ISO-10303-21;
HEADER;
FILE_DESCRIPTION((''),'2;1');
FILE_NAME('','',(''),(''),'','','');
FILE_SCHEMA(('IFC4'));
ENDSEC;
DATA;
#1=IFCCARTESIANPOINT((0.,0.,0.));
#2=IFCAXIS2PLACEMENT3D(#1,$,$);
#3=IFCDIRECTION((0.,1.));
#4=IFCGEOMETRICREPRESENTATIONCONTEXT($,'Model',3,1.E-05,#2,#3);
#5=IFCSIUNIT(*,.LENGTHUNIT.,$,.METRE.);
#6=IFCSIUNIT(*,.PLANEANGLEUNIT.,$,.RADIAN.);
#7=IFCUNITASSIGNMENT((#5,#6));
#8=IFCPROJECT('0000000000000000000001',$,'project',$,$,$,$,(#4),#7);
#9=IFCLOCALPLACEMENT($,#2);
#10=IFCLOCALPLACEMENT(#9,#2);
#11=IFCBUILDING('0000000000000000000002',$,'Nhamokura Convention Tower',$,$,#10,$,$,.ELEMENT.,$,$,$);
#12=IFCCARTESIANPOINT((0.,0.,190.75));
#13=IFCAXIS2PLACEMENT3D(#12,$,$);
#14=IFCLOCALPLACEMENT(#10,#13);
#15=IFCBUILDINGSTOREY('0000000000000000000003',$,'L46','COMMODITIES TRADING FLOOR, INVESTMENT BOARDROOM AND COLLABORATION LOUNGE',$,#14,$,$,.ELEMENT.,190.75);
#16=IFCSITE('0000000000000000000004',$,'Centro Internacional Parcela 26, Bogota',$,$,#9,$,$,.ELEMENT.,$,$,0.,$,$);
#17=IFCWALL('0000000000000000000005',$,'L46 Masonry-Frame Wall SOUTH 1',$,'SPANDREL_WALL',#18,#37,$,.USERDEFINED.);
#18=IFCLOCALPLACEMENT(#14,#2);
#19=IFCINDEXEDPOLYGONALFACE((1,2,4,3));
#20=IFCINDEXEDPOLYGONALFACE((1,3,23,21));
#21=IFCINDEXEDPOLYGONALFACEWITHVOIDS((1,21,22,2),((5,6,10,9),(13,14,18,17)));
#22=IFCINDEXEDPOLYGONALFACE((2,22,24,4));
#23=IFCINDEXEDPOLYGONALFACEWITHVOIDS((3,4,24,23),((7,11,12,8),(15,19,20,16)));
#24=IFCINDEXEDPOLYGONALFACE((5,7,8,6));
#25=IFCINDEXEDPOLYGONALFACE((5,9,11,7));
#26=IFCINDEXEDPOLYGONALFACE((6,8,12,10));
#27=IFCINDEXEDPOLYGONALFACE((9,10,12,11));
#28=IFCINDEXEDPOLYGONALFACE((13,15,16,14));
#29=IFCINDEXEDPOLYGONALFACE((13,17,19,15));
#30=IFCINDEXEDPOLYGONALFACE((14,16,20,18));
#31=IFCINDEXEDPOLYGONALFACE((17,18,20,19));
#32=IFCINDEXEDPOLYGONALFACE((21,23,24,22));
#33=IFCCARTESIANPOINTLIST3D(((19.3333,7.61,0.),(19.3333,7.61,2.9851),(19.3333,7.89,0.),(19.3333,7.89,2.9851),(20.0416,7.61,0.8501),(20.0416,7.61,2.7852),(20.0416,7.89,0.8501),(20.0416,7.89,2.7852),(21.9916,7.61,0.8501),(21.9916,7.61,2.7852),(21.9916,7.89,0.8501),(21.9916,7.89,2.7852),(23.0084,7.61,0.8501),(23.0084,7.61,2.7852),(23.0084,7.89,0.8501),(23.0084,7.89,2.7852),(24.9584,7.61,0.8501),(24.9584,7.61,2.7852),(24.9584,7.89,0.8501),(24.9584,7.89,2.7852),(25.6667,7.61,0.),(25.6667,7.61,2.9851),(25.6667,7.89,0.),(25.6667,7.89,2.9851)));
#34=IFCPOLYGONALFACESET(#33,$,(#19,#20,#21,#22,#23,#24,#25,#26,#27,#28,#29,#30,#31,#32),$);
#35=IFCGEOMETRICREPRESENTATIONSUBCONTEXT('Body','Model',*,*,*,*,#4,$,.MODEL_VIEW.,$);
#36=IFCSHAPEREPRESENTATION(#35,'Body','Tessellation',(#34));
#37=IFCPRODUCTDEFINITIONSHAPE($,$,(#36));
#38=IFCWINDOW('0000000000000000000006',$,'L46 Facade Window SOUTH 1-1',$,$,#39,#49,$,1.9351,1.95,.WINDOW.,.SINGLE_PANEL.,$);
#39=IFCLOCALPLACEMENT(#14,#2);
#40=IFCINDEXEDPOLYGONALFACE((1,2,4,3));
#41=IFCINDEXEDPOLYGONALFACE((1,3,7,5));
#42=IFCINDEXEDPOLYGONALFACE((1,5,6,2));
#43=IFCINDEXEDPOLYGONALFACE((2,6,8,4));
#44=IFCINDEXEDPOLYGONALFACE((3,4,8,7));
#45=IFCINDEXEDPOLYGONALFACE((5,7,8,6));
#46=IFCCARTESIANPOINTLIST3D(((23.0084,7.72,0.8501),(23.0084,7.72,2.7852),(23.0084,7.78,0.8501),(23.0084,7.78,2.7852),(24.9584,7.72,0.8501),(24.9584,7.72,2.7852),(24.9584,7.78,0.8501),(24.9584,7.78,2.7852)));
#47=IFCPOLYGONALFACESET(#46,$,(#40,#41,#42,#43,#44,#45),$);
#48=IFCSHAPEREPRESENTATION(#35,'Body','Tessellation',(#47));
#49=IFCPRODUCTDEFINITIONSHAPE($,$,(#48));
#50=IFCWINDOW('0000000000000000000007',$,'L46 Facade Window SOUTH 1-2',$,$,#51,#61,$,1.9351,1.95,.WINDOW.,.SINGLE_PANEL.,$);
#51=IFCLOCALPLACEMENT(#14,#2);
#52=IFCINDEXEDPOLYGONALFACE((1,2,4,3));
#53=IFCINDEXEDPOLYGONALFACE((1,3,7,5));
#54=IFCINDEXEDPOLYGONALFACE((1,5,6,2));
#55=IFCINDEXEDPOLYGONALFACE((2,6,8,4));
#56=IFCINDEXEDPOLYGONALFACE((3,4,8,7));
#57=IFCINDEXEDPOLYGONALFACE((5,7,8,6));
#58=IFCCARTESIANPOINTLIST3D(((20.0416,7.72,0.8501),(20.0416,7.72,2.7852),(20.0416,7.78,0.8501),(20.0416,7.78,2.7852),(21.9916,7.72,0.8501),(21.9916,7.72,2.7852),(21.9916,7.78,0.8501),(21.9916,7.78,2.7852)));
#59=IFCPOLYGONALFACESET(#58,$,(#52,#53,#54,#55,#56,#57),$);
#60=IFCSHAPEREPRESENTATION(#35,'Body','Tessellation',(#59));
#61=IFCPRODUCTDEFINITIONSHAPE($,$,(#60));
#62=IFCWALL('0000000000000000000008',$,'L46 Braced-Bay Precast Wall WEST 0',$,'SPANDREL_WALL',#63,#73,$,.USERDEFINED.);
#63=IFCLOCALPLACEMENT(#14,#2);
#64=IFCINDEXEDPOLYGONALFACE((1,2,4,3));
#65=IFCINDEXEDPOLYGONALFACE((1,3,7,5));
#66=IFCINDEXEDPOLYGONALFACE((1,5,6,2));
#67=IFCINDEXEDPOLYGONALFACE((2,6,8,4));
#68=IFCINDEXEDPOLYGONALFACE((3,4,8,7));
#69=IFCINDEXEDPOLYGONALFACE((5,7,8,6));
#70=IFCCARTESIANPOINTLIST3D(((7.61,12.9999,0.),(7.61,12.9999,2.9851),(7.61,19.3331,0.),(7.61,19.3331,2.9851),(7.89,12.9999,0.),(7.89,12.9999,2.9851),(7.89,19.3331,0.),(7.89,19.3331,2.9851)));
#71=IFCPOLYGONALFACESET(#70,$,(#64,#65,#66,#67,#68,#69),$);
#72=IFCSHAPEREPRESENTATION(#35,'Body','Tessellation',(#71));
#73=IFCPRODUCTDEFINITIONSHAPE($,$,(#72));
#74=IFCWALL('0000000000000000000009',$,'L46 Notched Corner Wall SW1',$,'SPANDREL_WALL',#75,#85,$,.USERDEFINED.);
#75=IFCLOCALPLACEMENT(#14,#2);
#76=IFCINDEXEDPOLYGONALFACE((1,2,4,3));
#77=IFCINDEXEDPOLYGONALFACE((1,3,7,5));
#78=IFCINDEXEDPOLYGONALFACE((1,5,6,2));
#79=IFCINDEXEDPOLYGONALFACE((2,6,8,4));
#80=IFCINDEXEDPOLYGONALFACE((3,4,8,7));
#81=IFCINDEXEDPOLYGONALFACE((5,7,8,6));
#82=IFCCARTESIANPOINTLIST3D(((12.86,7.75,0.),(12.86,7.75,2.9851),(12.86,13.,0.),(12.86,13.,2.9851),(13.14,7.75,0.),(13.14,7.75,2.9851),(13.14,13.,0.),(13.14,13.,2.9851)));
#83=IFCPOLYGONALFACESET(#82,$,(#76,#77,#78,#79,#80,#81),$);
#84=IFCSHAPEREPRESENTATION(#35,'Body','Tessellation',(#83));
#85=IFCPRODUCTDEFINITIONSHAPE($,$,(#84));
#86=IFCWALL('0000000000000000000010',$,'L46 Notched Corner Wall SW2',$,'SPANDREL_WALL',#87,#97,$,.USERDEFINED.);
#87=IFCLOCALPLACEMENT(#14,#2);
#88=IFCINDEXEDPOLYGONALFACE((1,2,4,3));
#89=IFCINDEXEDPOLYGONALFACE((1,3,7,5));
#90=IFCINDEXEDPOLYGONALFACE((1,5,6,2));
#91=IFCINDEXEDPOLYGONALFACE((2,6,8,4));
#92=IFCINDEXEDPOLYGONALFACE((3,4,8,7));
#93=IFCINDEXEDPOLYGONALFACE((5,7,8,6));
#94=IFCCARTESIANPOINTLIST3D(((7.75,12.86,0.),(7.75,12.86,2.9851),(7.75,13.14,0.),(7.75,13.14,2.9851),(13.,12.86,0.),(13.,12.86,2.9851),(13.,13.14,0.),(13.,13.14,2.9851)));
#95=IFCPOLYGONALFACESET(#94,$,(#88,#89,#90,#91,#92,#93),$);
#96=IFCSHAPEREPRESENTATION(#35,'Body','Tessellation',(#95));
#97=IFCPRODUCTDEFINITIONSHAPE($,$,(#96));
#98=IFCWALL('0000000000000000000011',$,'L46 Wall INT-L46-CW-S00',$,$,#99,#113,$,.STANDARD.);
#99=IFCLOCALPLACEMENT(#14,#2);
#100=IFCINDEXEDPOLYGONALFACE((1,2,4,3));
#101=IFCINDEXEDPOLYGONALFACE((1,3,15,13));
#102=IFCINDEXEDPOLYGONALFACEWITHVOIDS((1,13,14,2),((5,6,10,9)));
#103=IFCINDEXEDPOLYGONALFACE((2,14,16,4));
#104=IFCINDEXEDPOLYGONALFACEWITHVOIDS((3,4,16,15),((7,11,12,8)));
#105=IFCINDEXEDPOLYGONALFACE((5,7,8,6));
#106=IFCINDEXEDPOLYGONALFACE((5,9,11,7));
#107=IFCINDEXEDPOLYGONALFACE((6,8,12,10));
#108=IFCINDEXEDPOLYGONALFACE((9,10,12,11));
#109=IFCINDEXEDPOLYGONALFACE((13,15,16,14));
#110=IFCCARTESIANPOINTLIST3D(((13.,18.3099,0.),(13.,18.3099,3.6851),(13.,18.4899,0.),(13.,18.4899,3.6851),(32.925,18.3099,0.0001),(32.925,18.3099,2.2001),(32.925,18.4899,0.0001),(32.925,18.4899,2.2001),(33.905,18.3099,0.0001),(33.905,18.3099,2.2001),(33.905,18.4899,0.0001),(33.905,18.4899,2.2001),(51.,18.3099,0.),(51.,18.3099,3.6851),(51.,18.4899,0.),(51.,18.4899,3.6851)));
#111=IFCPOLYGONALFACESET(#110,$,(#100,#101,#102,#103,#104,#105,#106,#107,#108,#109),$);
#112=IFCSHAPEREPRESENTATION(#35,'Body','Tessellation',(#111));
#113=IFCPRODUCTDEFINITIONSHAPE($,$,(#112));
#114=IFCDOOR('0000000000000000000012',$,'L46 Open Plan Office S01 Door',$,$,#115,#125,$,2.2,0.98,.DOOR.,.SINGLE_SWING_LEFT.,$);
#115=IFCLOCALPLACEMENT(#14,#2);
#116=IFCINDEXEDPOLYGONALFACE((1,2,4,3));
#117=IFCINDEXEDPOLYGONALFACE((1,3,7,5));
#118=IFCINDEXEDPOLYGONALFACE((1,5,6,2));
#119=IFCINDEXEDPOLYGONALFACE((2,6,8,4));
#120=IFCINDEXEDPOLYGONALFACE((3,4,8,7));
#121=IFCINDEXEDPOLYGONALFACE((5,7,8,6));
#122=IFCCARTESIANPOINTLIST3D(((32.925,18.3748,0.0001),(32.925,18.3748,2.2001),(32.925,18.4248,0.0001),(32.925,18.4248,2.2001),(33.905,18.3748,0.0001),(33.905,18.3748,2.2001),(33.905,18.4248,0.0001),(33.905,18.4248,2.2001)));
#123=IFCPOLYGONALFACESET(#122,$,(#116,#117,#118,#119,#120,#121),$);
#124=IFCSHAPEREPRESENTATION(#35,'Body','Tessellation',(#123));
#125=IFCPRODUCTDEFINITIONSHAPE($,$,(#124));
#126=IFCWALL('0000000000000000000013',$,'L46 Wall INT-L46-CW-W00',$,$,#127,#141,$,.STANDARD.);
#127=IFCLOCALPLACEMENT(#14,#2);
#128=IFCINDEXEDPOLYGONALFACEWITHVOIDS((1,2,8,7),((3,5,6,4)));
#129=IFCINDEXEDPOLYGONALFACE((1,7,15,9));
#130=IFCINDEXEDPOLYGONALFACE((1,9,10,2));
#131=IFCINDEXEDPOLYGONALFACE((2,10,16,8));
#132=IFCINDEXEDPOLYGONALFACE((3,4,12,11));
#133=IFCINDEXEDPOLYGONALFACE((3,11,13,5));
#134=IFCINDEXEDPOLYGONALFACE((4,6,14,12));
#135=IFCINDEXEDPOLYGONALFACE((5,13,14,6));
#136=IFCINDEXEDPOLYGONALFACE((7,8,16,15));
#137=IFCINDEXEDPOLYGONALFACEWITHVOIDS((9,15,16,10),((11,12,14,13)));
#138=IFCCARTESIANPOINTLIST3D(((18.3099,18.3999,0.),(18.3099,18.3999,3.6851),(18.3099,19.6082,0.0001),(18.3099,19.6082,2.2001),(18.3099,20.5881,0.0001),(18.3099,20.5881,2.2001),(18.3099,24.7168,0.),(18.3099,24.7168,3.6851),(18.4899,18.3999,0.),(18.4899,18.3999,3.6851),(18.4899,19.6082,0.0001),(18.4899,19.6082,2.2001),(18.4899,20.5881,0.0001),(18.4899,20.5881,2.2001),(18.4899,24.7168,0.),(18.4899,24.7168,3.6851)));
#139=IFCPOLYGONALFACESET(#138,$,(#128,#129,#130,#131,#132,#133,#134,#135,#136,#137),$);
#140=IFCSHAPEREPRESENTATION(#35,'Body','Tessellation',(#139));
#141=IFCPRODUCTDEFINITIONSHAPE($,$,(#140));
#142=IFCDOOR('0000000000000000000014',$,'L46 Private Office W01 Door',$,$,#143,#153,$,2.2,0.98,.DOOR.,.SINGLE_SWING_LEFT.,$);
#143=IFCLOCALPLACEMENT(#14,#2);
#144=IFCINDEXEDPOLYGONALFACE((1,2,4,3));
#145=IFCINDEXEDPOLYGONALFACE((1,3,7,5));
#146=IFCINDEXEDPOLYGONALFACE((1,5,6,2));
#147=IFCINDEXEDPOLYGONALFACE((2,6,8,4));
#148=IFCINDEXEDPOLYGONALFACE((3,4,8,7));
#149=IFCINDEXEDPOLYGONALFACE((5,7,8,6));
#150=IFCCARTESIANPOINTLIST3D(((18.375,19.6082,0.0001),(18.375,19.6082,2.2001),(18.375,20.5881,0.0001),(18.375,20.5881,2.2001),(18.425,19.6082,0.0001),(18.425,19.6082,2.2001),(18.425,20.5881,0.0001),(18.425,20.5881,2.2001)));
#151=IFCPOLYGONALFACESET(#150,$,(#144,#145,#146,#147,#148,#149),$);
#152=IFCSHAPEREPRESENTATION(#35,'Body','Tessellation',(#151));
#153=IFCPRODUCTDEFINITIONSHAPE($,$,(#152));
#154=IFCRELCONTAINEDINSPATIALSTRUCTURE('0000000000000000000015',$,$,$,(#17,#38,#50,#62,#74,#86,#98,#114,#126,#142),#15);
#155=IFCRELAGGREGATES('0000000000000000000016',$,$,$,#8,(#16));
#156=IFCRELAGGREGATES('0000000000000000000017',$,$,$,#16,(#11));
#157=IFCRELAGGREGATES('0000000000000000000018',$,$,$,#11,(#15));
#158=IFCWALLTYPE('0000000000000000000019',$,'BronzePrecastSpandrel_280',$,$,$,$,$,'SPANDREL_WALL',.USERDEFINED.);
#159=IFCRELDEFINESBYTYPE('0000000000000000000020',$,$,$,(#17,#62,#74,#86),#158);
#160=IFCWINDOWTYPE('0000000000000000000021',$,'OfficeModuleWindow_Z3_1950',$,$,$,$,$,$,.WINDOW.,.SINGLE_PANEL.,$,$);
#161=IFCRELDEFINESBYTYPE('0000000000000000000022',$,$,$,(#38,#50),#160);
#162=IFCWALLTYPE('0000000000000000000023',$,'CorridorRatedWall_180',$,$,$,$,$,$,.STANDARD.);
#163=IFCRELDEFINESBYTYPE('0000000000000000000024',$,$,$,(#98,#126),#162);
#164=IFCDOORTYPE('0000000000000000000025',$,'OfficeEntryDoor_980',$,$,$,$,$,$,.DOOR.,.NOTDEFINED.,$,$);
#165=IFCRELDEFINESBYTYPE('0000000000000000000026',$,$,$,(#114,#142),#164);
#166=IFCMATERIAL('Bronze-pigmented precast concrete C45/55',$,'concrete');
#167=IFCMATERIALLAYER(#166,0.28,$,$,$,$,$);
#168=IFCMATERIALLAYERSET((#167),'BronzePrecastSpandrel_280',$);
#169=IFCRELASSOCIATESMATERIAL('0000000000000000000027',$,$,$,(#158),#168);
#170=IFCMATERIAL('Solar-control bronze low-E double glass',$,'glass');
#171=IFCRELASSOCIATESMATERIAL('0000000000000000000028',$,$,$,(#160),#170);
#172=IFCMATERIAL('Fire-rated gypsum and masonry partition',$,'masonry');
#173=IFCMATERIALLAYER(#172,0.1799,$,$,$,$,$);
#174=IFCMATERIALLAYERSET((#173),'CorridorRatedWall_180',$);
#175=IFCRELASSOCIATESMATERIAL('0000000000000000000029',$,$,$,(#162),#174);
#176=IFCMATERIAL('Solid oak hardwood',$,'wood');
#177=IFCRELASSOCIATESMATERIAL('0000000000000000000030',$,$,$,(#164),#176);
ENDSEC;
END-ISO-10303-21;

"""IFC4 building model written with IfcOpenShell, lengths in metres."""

from ifc_helpers import new_model, si_unit, direction, frame, frame_2d, origin, place, context, subcontext, project, spatial, rectangle, extrude, material, layer, layer_set, type_object, element, fill, save


model = new_model("IFC4")

# Units and contexts
model_context = context("Model", 3, precision=1e-05, world=origin(), true_north=direction((0.0, 1.0)))
body_context = subcontext(model_context, "Body", "Model", "MODEL_VIEW")
ifc_project = project(units=[si_unit("LENGTHUNIT", "METRE"), si_unit("PLANEANGLEUNIT", "RADIAN")], contexts=[model_context])

# Site, building, storey
site_placement = place(None, origin())
site = spatial("IfcSite", under=ifc_project, at=site_placement, Name="Centro Internacional Parcela 26, Bogota", CompositionType="ELEMENT", RefElevation=0.0)
building_placement = place(site_placement, origin())
building = spatial("IfcBuilding", under=site, at=building_placement, Name="Nhamokura Convention Tower", CompositionType="ELEMENT")
storey_placement = place(building_placement, frame((0.0, 0.0, 190.75)))
storey = spatial("IfcBuildingStorey", under=building, at=storey_placement, Name="L46", Description="COMMODITIES TRADING FLOOR, INVESTMENT BOARDROOM AND COLLABORATION LOUNGE", CompositionType="ELEMENT", Elevation=190.75)

# Shared definitions
ifc_material_1 = material(Name="Bronze-pigmented precast concrete C45/55", Category="concrete")
ifc_layer_1 = layer(ifc_material_1, 0.28)
ifc_layer_set_1 = layer_set([ifc_layer_1], Name="BronzePrecastSpandrel_280")
wall_type_1 = type_object("IfcWallType", Name="BronzePrecastSpandrel_280", ElementType="SPANDREL_WALL", PredefinedType="USERDEFINED", material=ifc_layer_set_1)

# Wall, openings, windows
wall_1_placement = place(storey_placement, frame((25.6667, 7.75, 0.0), z_axis=(0.0, 0.0, 1.0), x_axis=(-1.0, 0.0, 0.0)))
wall_1 = element("IfcWall", 1, at=wall_1_placement, inside=storey, type_object=wall_type_1, Name="L46 Masonry-Frame Wall SOUTH 1", ObjectType="SPANDREL_WALL", PredefinedType="USERDEFINED", context=body_context, shape_type="SweptSolid", body=[
    extrude(rectangle(XDim=6.3335, YDim=0.28, at=frame_2d((3.1667, 0.0))), origin(), (0.0, 0.0, 1.0), 2.9851),
])
opening_1_placement = place(wall_1_placement, frame((0.7083, 0.0, 0.8501)))
opening_1 = element("IfcOpeningElement", 2, at=opening_1_placement, cuts=wall_1, PredefinedType="OPENING", context=body_context, shape_type="SweptSolid", body=[
    extrude(rectangle(XDim=1.95, YDim=1.9351, at=frame_2d((0.9751, 0.9675))), frame((0.0, 0.1499, 0.0), z_axis=(0.0, -1.0, 0.0), x_axis=(1.0, 0.0, 0.0)), (0.0, 0.0, 1.0), 0.3),
])
opening_2_placement = place(wall_1_placement, frame((3.675, 0.0, 0.8501)))
opening_2 = element("IfcOpeningElement", 3, at=opening_2_placement, cuts=wall_1, PredefinedType="OPENING", context=body_context, shape_type="SweptSolid", body=[
    extrude(rectangle(XDim=1.95, YDim=1.9351, at=frame_2d((0.9751, 0.9675))), frame((0.0, 0.1499, 0.0), z_axis=(0.0, -1.0, 0.0), x_axis=(1.0, 0.0, 0.0)), (0.0, 0.0, 1.0), 0.3),
])
ifc_material_2 = material(Name="Solar-control bronze low-E double glass", Category="glass")
window_type = type_object("IfcWindowType", Name="OfficeModuleWindow_Z3_1950", PartitioningType="SINGLE_PANEL", PredefinedType="WINDOW", material=ifc_material_2)
window_1_placement = place(opening_1_placement, origin())
window_1 = element("IfcWindow", 4, at=window_1_placement, inside=storey, type_object=window_type, Name="L46 Facade Window SOUTH 1-1", OverallHeight=1.9351, OverallWidth=1.95, PartitioningType="SINGLE_PANEL", PredefinedType="WINDOW", context=body_context, shape_type="SweptSolid", body=[
    extrude(rectangle(XDim=1.95, YDim=1.9351, at=frame_2d((0.9751, 0.9675))), frame((0.0, 0.03, 0.0), z_axis=(0.0, -1.0, 0.0), x_axis=(1.0, 0.0, 0.0)), (0.0, 0.0, 1.0), 0.0601),
])
fill(opening_1, window_1)
window_2_placement = place(opening_2_placement, origin())
window_2 = element("IfcWindow", 5, at=window_2_placement, inside=storey, type_object=window_type, Name="L46 Facade Window SOUTH 1-2", OverallHeight=1.9351, OverallWidth=1.95, PartitioningType="SINGLE_PANEL", PredefinedType="WINDOW", context=body_context, shape_type="SweptSolid", body=[
    extrude(rectangle(XDim=1.95, YDim=1.9351, at=frame_2d((0.9751, 0.9675))), frame((0.0, 0.03, 0.0), z_axis=(0.0, -1.0, 0.0), x_axis=(1.0, 0.0, 0.0)), (0.0, 0.0, 1.0), 0.0601),
])
fill(opening_2, window_2)

# Walls
wall_2_placement = place(storey_placement, frame((7.75, 13.0, 0.0), z_axis=(0.0, 0.0, 1.0), x_axis=(0.0, 1.0, 0.0)))
element("IfcWall", 6, at=wall_2_placement, inside=storey, type_object=wall_type_1, Name="L46 Braced-Bay Precast Wall WEST 0", ObjectType="SPANDREL_WALL", PredefinedType="USERDEFINED", context=body_context, shape_type="SweptSolid", body=[
    extrude(rectangle(XDim=6.3333, YDim=0.28, at=frame_2d((3.1665, 0.0))), origin(), (0.0, 0.0, 1.0), 2.9851),
])
for number, where, z_axis, x_axis, name in (
    (7, (13.0, 7.75, 0.0), (0.0, 0.0, 1.0), (0.0, 1.0, 0.0), "L46 Notched Corner Wall SW1"),
    (8, (13.0, 13.0, 0.0), (0.0, 0.0, 1.0), (-1.0, 0.0, 0.0), "L46 Notched Corner Wall SW2"),
):
    element("IfcWall", number, at=place(storey_placement, frame(where, z_axis=z_axis, x_axis=x_axis)), inside=storey, type_object=wall_type_1, Name=name, ObjectType="SPANDREL_WALL", PredefinedType="USERDEFINED", context=body_context, shape_type="SweptSolid", body=[
        extrude(rectangle(XDim=5.25, YDim=0.28, at=frame_2d((2.625, 0.0))), origin(), (0.0, 0.0, 1.0), 2.9851),
    ])

# Walls, openings, doors
ifc_material_3 = material(Name="Fire-rated gypsum and masonry partition", Category="masonry")
ifc_layer_2 = layer(ifc_material_3, 0.1799)
ifc_layer_set_2 = layer_set([ifc_layer_2], Name="CorridorRatedWall_180")
wall_type_2 = type_object("IfcWallType", Name="CorridorRatedWall_180", PredefinedType="STANDARD", material=ifc_layer_set_2)
wall_3_placement = place(storey_placement, frame((13.0, 18.3999, 0.0), z_axis=(0.0, 0.0, 1.0), x_axis=(1.0, 0.0, 0.0)))
wall_3 = element("IfcWall", 9, at=wall_3_placement, inside=storey, type_object=wall_type_2, Name="L46 Wall INT-L46-CW-S00", PredefinedType="STANDARD", context=body_context, shape_type="SweptSolid", body=[
    extrude(rectangle(XDim=38.0, YDim=0.1799, at=frame_2d((19.0, 0.0))), origin(), (0.0, 0.0, 1.0), 3.6851),
])
opening_3_placement = place(wall_3_placement, frame((19.925, 0.0, 0.0)))
opening_3 = element("IfcOpeningElement", 10, at=opening_3_placement, cuts=wall_3, PredefinedType="OPENING", context=body_context, shape_type="SweptSolid", body=[
    extrude(rectangle(XDim=0.98, YDim=2.2, at=frame_2d((0.49, 1.1001))), frame((0.0, 0.0999, 0.0), z_axis=(0.0, -1.0, 0.0), x_axis=(1.0, 0.0, 0.0)), (0.0, 0.0, 1.0), 0.2),
])
ifc_material_4 = material(Name="Solid oak hardwood", Category="wood")
door_type = type_object("IfcDoorType", Name="OfficeEntryDoor_980", OperationType="NOTDEFINED", PredefinedType="DOOR", material=ifc_material_4)
door_1_placement = place(opening_3_placement, origin())
door_1 = element("IfcDoor", 11, at=door_1_placement, inside=storey, type_object=door_type, Name="L46 Open Plan Office S01 Door", OperationType="SINGLE_SWING_LEFT", OverallHeight=2.2, OverallWidth=0.98, PredefinedType="DOOR", context=body_context, shape_type="SweptSolid", body=[
    extrude(rectangle(XDim=0.98, YDim=2.2, at=frame_2d((0.49, 1.1001))), frame((0.0, 0.0249, 0.0), z_axis=(0.0, -1.0, 0.0), x_axis=(1.0, 0.0, 0.0)), (0.0, 0.0, 1.0), 0.05),
])
fill(opening_3, door_1)
wall_4_placement = place(storey_placement, frame((18.3999, 18.3999, 0.0), z_axis=(0.0, 0.0, 1.0), x_axis=(0.0, 1.0, 0.0)))
wall_4 = element("IfcWall", 12, at=wall_4_placement, inside=storey, type_object=wall_type_2, Name="L46 Wall INT-L46-CW-W00", PredefinedType="STANDARD", context=body_context, shape_type="SweptSolid", body=[
    extrude(rectangle(XDim=6.3169, YDim=0.1799, at=frame_2d((3.1584, 0.0))), origin(), (0.0, 0.0, 1.0), 3.6851),
])
opening_4_placement = place(wall_4_placement, frame((1.2083, 0.0, 0.0)))
opening_4 = element("IfcOpeningElement", 13, at=opening_4_placement, cuts=wall_4, PredefinedType="OPENING", context=body_context, shape_type="SweptSolid", body=[
    extrude(rectangle(XDim=0.98, YDim=2.2, at=frame_2d((0.49, 1.1001))), frame((0.0, 0.0999, 0.0), z_axis=(0.0, -1.0, 0.0), x_axis=(1.0, 0.0, 0.0)), (0.0, 0.0, 1.0), 0.2),
])
door_2_placement = place(opening_4_placement, origin())
door_2 = element("IfcDoor", 14, at=door_2_placement, inside=storey, type_object=door_type, Name="L46 Private Office W01 Door", OperationType="SINGLE_SWING_LEFT", OverallHeight=2.2, OverallWidth=0.98, PredefinedType="DOOR", context=body_context, shape_type="SweptSolid", body=[
    extrude(rectangle(XDim=0.98, YDim=2.2, at=frame_2d((0.49, 1.1001))), frame((0.0, 0.0249, 0.0), z_axis=(0.0, -1.0, 0.0), x_axis=(1.0, 0.0, 0.0)), (0.0, 0.0, 1.0), 0.05),
])
fill(opening_4, door_2)

save(model, "model.ifc")
